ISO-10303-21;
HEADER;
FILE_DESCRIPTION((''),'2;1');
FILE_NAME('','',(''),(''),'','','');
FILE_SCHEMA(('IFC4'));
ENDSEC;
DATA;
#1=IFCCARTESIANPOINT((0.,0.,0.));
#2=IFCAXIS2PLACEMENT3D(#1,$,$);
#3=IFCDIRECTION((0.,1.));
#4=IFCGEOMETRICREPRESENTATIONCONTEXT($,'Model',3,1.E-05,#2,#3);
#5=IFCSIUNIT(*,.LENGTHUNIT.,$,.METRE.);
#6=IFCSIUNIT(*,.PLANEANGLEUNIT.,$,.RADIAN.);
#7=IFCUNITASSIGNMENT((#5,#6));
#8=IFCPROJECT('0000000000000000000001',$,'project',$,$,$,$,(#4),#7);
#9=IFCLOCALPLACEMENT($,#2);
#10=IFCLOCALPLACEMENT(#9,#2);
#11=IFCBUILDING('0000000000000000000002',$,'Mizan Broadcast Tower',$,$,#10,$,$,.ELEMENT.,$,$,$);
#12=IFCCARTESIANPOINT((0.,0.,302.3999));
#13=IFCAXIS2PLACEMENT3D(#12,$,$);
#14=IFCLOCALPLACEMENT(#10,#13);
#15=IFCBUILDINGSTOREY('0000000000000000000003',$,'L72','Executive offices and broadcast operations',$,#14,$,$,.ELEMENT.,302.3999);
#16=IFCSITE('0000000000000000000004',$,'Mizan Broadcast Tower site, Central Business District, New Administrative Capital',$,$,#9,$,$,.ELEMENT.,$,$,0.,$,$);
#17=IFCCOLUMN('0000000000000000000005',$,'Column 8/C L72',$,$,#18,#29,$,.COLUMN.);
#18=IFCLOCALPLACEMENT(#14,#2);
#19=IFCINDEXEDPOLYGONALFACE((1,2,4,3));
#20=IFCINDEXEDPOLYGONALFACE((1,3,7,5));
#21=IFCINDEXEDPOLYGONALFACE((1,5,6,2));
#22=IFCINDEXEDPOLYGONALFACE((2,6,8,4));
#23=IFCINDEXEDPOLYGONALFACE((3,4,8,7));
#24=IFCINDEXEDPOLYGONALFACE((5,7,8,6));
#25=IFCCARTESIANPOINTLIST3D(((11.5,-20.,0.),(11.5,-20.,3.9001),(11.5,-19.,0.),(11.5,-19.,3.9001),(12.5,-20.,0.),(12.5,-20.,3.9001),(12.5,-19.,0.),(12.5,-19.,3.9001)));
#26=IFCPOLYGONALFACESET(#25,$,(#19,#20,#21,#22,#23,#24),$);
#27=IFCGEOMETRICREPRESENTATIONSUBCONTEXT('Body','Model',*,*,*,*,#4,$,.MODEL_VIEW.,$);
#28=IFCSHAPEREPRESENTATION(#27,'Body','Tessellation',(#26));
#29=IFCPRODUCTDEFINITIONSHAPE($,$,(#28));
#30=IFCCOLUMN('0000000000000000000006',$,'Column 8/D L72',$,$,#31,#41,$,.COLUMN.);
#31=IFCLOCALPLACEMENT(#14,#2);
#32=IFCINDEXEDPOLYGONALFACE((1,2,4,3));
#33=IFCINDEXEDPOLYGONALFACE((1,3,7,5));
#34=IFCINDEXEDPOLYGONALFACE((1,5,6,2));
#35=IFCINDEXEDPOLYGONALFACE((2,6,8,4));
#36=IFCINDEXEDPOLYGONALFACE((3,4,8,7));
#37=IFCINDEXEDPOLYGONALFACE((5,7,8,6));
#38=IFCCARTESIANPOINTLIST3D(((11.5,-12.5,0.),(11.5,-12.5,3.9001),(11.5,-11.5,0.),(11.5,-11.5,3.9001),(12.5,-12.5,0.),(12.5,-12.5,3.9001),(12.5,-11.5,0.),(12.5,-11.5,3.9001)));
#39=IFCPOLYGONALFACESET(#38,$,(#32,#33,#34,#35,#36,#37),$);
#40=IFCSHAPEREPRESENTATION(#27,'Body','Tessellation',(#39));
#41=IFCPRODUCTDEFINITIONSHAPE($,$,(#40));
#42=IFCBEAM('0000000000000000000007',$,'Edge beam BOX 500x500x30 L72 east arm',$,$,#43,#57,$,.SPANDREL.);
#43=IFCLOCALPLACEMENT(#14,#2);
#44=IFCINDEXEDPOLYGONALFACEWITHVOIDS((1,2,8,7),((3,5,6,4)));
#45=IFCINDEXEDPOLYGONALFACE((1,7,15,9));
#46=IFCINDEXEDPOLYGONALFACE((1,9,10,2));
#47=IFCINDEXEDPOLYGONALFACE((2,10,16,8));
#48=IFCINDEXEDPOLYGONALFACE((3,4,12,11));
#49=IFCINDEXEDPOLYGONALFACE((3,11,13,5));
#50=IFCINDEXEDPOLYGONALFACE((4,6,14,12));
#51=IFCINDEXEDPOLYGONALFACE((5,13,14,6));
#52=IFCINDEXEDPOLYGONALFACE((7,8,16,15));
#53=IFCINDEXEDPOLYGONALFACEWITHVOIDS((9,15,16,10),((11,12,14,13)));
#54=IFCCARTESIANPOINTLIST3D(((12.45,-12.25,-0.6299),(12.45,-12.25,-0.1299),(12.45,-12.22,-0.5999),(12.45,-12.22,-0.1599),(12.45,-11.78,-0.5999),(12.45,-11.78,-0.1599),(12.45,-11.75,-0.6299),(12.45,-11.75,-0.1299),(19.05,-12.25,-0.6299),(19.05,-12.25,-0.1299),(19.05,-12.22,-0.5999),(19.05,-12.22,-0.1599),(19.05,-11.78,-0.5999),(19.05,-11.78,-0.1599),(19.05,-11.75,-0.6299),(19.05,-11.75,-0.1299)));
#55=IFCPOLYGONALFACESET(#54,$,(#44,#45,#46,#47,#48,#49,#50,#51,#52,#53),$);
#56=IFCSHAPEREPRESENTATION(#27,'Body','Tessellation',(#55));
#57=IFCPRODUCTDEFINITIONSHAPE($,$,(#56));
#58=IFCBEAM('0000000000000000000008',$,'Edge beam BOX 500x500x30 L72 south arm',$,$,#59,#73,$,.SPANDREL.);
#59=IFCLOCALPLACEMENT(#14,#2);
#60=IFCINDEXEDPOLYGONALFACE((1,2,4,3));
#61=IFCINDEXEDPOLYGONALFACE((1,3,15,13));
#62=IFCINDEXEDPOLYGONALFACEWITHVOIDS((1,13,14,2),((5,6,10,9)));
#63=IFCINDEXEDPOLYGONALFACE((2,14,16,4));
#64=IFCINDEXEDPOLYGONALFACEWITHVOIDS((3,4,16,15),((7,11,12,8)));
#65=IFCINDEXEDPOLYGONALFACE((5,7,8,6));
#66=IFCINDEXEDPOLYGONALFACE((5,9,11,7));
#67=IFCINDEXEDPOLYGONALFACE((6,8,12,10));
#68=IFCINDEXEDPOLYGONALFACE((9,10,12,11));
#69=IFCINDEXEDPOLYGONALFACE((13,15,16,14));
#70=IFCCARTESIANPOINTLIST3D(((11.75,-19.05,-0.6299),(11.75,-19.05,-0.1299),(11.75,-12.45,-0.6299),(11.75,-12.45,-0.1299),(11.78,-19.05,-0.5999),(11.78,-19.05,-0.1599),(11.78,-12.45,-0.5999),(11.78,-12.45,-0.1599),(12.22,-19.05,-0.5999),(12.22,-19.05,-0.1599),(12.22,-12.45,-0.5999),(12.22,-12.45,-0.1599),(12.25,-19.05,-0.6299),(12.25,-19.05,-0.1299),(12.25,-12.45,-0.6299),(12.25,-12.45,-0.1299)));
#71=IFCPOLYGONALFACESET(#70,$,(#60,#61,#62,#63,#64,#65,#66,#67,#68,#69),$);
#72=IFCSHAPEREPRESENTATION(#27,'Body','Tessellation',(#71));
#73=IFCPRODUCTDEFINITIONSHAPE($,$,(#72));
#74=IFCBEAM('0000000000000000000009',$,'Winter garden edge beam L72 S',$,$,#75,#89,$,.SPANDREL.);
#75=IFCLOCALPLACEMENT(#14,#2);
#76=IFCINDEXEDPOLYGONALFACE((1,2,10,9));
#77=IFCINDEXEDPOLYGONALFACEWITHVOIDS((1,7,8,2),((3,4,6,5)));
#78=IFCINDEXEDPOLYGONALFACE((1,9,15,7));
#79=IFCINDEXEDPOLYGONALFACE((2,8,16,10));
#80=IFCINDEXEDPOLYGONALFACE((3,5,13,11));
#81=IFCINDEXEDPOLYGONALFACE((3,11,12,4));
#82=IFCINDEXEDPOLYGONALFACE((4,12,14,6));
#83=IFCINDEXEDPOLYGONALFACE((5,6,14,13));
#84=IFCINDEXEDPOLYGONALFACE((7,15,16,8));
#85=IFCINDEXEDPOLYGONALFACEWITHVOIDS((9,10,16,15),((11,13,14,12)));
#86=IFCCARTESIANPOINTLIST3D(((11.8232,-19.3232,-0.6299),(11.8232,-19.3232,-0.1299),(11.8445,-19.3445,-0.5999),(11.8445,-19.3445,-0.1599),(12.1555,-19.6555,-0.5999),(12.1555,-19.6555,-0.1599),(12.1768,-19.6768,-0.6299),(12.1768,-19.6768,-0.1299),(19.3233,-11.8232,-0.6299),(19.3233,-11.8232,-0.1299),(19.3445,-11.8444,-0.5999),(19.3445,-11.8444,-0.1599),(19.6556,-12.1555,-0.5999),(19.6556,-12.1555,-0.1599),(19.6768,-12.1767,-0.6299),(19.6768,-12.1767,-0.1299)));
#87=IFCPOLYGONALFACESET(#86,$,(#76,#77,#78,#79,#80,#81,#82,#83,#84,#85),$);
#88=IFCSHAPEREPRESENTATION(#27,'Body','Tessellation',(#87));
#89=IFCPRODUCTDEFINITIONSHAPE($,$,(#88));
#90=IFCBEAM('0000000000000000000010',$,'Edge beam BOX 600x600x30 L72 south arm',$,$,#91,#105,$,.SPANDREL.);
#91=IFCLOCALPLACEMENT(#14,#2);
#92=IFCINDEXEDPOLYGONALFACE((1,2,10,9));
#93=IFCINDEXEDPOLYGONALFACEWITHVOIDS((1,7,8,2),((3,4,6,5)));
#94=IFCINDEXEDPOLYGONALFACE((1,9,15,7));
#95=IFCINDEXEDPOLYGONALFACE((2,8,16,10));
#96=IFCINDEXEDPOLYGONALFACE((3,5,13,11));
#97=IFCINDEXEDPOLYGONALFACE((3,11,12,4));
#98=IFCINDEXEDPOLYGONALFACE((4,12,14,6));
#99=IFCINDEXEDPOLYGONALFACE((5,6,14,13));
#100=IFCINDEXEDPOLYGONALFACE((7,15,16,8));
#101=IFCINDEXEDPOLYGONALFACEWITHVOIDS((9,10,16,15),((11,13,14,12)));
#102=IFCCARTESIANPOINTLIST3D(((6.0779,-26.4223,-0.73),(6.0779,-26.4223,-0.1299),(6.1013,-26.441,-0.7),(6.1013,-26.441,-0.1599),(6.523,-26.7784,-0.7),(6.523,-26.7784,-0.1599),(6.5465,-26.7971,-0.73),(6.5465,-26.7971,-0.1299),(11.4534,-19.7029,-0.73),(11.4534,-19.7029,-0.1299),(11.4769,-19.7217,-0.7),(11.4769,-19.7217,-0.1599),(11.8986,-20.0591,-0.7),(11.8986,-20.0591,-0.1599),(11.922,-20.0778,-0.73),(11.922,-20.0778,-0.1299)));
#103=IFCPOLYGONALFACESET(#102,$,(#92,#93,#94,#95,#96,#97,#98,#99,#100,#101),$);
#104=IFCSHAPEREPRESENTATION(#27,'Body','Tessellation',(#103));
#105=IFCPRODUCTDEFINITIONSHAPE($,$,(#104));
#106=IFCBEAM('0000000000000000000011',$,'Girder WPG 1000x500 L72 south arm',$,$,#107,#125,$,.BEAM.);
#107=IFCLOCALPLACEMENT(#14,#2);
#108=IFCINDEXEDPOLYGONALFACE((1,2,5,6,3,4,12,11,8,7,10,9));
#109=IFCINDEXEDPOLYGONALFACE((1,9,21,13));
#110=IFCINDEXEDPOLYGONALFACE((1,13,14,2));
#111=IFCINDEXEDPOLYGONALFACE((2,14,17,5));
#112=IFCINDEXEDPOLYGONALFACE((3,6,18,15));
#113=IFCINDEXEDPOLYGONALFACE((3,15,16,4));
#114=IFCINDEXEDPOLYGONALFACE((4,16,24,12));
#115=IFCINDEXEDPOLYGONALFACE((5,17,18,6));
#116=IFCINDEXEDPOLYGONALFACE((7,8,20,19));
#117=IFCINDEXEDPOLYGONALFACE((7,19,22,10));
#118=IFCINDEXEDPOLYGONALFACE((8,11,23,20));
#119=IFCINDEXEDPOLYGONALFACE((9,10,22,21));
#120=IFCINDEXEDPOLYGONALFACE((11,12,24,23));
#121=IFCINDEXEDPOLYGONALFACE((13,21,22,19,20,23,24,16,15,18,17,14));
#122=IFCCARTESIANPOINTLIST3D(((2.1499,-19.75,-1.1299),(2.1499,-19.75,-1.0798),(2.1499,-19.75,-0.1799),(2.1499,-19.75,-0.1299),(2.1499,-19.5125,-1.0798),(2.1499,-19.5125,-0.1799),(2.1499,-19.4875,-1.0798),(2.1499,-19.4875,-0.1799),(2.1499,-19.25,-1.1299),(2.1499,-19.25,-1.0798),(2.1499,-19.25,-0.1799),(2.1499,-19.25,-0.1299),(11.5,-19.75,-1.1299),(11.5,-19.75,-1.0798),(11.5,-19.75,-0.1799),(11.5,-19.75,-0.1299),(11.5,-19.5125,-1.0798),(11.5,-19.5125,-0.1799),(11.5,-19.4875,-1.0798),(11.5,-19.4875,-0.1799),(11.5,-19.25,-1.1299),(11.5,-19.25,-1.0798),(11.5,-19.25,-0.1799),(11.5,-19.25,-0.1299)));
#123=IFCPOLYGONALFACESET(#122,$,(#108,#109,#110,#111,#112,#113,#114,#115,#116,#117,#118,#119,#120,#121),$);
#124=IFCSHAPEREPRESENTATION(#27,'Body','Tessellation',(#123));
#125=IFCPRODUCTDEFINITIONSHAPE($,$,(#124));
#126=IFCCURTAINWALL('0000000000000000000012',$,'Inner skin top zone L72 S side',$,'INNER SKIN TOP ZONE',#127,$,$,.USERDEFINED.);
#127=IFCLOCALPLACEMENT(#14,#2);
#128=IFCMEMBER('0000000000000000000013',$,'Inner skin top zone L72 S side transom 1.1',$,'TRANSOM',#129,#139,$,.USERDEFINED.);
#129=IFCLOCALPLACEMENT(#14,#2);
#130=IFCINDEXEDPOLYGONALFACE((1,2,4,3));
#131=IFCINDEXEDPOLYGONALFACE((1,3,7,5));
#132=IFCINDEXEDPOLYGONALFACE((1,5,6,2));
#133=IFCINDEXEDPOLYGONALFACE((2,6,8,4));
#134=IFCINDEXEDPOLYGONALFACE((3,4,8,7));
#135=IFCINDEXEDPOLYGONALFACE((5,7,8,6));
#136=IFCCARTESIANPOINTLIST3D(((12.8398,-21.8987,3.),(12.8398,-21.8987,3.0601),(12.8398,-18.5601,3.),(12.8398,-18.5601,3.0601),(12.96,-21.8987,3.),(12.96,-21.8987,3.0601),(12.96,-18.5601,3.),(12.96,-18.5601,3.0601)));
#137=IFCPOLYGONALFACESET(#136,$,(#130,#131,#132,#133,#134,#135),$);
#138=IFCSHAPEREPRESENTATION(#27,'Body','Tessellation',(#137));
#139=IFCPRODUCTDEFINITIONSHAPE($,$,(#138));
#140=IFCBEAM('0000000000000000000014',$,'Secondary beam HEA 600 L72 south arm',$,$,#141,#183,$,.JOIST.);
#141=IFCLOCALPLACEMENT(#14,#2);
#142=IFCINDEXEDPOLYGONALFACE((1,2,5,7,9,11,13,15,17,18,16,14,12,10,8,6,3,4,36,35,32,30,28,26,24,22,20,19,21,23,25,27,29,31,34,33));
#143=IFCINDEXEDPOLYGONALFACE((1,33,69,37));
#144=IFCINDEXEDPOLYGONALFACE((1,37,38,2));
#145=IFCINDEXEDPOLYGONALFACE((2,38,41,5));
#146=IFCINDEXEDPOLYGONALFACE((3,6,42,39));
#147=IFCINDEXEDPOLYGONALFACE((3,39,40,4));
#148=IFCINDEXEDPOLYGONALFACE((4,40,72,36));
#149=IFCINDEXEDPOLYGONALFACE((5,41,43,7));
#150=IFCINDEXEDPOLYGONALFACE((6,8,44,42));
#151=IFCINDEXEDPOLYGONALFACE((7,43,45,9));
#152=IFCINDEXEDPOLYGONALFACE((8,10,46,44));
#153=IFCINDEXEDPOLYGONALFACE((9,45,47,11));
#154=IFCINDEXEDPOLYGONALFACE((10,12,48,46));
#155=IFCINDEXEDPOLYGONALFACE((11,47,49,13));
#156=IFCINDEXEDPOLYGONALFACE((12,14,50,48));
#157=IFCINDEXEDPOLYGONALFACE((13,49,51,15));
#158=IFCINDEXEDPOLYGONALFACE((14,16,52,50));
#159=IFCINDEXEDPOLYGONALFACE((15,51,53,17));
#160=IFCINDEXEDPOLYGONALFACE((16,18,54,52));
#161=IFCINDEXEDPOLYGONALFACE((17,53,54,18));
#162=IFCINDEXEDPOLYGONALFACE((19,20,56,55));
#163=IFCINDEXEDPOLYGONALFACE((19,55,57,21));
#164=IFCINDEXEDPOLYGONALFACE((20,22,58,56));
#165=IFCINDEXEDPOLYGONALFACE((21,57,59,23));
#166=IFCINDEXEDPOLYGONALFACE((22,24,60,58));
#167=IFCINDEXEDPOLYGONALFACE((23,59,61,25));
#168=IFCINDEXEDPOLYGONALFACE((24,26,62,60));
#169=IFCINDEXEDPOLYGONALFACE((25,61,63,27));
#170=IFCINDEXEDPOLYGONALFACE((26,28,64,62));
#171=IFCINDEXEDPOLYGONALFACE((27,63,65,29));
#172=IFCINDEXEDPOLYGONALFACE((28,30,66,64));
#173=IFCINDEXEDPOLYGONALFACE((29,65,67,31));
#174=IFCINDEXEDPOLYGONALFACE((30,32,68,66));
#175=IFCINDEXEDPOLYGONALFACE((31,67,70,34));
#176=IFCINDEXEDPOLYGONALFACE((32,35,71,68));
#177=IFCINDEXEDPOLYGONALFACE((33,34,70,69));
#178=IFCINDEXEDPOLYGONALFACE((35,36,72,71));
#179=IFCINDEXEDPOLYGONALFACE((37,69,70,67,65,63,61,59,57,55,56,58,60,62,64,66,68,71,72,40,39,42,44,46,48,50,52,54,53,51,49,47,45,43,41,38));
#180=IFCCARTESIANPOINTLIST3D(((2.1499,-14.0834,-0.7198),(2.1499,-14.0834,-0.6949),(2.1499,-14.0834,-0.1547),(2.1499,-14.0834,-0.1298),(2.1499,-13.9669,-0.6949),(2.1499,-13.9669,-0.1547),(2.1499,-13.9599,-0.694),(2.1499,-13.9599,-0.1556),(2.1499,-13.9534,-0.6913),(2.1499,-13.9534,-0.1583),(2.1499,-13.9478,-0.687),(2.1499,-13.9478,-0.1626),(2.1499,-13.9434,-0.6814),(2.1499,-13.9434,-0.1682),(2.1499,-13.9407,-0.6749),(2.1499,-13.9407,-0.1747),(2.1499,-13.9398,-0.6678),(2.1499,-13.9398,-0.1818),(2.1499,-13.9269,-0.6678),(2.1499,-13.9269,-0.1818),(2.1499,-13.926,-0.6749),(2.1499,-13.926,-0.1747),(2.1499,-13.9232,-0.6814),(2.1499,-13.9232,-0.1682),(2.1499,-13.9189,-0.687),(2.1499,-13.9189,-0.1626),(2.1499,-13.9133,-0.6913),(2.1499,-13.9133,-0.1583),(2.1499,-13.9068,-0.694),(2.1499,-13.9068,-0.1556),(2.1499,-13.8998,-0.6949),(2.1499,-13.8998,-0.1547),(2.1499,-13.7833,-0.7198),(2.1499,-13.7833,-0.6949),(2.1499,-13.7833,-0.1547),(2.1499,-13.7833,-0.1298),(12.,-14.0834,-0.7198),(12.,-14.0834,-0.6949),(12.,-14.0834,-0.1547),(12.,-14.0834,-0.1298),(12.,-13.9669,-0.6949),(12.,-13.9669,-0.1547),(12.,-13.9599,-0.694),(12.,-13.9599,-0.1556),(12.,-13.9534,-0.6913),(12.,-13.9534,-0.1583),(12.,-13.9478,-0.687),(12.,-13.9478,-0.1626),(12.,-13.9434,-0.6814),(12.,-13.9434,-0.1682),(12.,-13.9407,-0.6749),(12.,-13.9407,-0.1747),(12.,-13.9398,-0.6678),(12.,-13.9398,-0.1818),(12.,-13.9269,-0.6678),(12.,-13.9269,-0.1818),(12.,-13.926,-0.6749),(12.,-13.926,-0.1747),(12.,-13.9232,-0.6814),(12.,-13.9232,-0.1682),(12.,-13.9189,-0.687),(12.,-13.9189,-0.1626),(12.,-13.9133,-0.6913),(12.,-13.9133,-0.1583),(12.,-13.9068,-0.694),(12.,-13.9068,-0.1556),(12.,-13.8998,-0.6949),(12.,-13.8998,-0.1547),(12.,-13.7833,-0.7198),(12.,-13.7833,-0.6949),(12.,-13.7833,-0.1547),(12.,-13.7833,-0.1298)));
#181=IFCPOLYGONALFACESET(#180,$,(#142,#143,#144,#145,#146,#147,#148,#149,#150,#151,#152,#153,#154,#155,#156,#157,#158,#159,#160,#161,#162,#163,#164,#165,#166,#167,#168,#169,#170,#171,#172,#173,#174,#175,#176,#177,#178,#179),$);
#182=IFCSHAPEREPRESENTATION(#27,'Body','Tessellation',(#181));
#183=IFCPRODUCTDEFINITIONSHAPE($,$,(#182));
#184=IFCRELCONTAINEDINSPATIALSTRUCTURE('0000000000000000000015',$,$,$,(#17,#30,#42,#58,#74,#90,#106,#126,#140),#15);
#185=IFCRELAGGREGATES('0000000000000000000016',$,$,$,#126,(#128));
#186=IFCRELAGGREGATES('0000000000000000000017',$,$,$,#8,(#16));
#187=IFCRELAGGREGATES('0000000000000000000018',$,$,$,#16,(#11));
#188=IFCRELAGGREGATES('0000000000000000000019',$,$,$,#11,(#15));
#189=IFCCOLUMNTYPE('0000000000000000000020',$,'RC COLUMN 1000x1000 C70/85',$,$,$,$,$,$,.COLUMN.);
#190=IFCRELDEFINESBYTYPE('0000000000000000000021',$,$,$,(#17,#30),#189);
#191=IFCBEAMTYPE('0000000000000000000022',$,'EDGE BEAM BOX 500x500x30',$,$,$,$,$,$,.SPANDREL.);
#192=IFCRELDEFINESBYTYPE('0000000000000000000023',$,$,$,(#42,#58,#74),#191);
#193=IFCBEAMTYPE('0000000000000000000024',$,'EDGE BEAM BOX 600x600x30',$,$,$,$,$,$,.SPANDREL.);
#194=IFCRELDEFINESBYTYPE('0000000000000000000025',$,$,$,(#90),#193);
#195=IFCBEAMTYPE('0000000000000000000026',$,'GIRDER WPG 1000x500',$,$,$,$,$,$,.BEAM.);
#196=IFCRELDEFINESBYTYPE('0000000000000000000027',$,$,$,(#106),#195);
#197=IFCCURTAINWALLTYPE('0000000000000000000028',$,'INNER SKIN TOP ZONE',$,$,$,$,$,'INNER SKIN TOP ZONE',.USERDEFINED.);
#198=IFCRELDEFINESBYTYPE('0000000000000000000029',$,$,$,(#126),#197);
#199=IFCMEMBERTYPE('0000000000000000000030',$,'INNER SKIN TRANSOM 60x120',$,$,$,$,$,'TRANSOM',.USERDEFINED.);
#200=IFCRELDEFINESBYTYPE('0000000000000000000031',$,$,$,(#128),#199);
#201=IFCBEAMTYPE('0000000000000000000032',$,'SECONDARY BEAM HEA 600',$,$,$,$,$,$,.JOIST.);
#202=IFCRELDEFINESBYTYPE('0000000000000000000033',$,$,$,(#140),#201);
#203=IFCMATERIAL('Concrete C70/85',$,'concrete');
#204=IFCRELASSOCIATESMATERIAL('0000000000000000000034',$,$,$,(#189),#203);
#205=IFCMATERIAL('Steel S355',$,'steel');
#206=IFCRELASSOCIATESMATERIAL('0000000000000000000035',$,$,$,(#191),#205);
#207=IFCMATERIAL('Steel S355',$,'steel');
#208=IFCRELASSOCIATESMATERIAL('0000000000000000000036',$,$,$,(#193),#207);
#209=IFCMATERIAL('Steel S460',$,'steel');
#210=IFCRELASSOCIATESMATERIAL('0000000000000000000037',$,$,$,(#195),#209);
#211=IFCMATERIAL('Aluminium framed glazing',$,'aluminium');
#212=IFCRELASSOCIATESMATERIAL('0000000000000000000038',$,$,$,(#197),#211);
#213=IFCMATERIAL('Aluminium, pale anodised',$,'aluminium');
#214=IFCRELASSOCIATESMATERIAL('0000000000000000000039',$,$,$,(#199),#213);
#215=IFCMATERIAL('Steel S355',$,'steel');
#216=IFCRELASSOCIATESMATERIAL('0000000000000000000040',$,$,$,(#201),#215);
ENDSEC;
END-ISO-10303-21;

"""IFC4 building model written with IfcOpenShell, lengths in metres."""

from ifc_helpers import new_model, si_unit, direction, frame, origin, origin_2d, place, context, subcontext, project, spatial, rectangle, hollow_rectangle, i_section, extrude, material, material_profile, profile_set, type_object, element, aggregate, save


model = new_model("IFC4")

# Units and contexts
model_context = context("Model", 3, precision=1e-05, world=origin(), true_north=direction((0.0, 1.0)))
body_context = subcontext(model_context, "Body", "Model", "MODEL_VIEW")
ifc_project = project(units=[si_unit("LENGTHUNIT", "METRE"), si_unit("PLANEANGLEUNIT", "RADIAN")], contexts=[model_context])

# Site, building, storey
site_placement = place(None, origin())
site = spatial("IfcSite", under=ifc_project, at=site_placement, Name="Mizan Broadcast Tower site, Central Business District, New Administrative Capital", CompositionType="ELEMENT", RefElevation=0.0)
building_placement = place(site_placement, origin())
building = spatial("IfcBuilding", under=site, at=building_placement, Name="Mizan Broadcast Tower", CompositionType="ELEMENT")
storey_placement = place(building_placement, frame((0.0, 0.0, 302.3999)))
storey = spatial("IfcBuildingStorey", under=building, at=storey_placement, Name="L72", Description="Executive offices and broadcast operations", CompositionType="ELEMENT", Elevation=302.3999)

# Columns
ifc_material_1 = material(Name="Concrete C70/85", Category="concrete")
ifc_material_profile_1 = material_profile(ifc_material_1, rectangle(XDim=1.0, YDim=1.0, at=origin_2d()), Name="RC 1000x1000")
ifc_profile_set_1 = profile_set([ifc_material_profile_1], Name="Concrete C70/85")
column_type = type_object("IfcColumnType", Name="RC COLUMN 1000x1000 C70/85", PredefinedType="COLUMN", material=ifc_profile_set_1)
for number, where, z_axis, x_axis, name in (
    (1, (12.0, -19.5, 0.0), (0.0, 0.0, 1.0), (1.0, 0.0, 0.0), "Column 8/C L72"),
    (2, (12.0, -12.0, 0.0), (0.0, 0.0, 1.0), (1.0, 0.0, 0.0), "Column 8/D L72"),
):
    element("IfcColumn", number, at=place(storey_placement, frame(where, z_axis=z_axis, x_axis=x_axis)), inside=storey, type_object=column_type, Name=name, PredefinedType="COLUMN", context=body_context, shape_type="SweptSolid", body=[
        extrude(rectangle(XDim=1.0, YDim=1.0, at=origin_2d()), origin(), (0.0, 0.0, 1.0), 3.9001),
    ])

# Beams
ifc_material_2 = material(Name="Steel S355", Category="steel")
ifc_material_profile_2 = material_profile(ifc_material_2, hollow_rectangle(XDim=0.5, YDim=0.5, WallThickness=0.03, at=origin_2d()), Name="BOX 500x500x30")
ifc_profile_set_2 = profile_set([ifc_material_profile_2], Name="Steel S355")
beam_type_1 = type_object("IfcBeamType", Name="EDGE BEAM BOX 500x500x30", PredefinedType="SPANDREL", material=ifc_profile_set_2)
for number, where, z_axis, x_axis, name in (
    (3, (12.45, -12.0, -0.3799), (1.0, 0.0, 0.0), (0.0, 1.0, 0.0), "Edge beam BOX 500x500x30 L72 east arm"),
    (4, (12.0, -12.45, -0.3799), (0.0, -1.0, 0.0), (1.0, 0.0, 0.0), "Edge beam BOX 500x500x30 L72 south arm"),
):
    element("IfcBeam", number, at=place(storey_placement, frame(where, z_axis=z_axis, x_axis=x_axis)), inside=storey, type_object=beam_type_1, Name=name, PredefinedType="SPANDREL", context=body_context, shape_type="SweptSolid", body=[
        extrude(hollow_rectangle(XDim=0.5, YDim=0.5, WallThickness=0.03, at=origin_2d()), origin(), (0.0, 0.0, 1.0), 6.6001),
    ])
beam_1_placement = place(storey_placement, frame((12.0, -19.5, -0.3799), z_axis=(0.707107, 0.707107, 0.0), x_axis=(-0.707107, 0.707107, 0.0)))
element("IfcBeam", 5, at=beam_1_placement, inside=storey, type_object=beam_type_1, Name="Winter garden edge beam L72 S", PredefinedType="SPANDREL", context=body_context, shape_type="SweptSolid", body=[
    extrude(hollow_rectangle(XDim=0.5, YDim=0.5, WallThickness=0.03, at=origin_2d()), origin(), (0.0, 0.0, 1.0), 10.6067),
])
ifc_material_3 = material(Name="Steel S355", Category="steel")
ifc_material_profile_3 = material_profile(ifc_material_3, hollow_rectangle(XDim=0.6001, YDim=0.6001, WallThickness=0.03, at=origin_2d()), Name="BOX 600x600x30")
ifc_profile_set_3 = profile_set([ifc_material_profile_3], Name="Steel S355")
beam_type_2 = type_object("IfcBeamType", Name="EDGE BEAM BOX 600x600x30", PredefinedType="SPANDREL", material=ifc_profile_set_3)
beam_2_placement = place(storey_placement, frame((11.6877, -19.8904, -0.4299), z_axis=(-0.624702, -0.780863, 0.0), x_axis=(0.780863, -0.624702, 0.0)))
element("IfcBeam", 6, at=beam_2_placement, inside=storey, type_object=beam_type_2, Name="Edge beam BOX 600x600x30 L72 south arm", PredefinedType="SPANDREL", context=body_context, shape_type="SweptSolid", body=[
    extrude(hollow_rectangle(XDim=0.6001, YDim=0.6001, WallThickness=0.03, at=origin_2d()), origin(), (0.0, 0.0, 1.0), 8.605),
])
ifc_material_4 = material(Name="Steel S460", Category="steel")
ifc_material_profile_4 = material_profile(ifc_material_4, i_section(OverallWidth=0.5, OverallDepth=1.0, WebThickness=0.0249, FlangeThickness=0.05, at=origin_2d()), Name="WPG 1000x500")
ifc_profile_set_4 = profile_set([ifc_material_profile_4], Name="Steel S460")
beam_type_3 = type_object("IfcBeamType", Name="GIRDER WPG 1000x500", PredefinedType="BEAM", material=ifc_profile_set_4)
beam_3_placement = place(storey_placement, frame((11.5, -19.5, -0.6299), z_axis=(-1.0, 0.0, 0.0), x_axis=(0.0, -1.0, 0.0)))
element("IfcBeam", 7, at=beam_3_placement, inside=storey, type_object=beam_type_3, Name="Girder WPG 1000x500 L72 south arm", PredefinedType="BEAM", context=body_context, shape_type="SweptSolid", body=[
    extrude(i_section(OverallWidth=0.5, OverallDepth=1.0, WebThickness=0.0249, FlangeThickness=0.05, at=origin_2d()), origin(), (0.0, 0.0, 1.0), 9.3501),
])

# Curtain wall, member
ifc_material_5 = material(Name="Aluminium framed glazing", Category="aluminium")
curtain_wall_type = type_object("IfcCurtainWallType", Name="INNER SKIN TOP ZONE", ElementType="INNER SKIN TOP ZONE", PredefinedType="USERDEFINED", material=ifc_material_5)
curtain_wall_placement = place(storey_placement, origin())
curtain_wall = element("IfcCurtainWall", 8, at=curtain_wall_placement, inside=storey, type_object=curtain_wall_type, Name="Inner skin top zone L72 S side", ObjectType="INNER SKIN TOP ZONE", PredefinedType="USERDEFINED")
ifc_material_6 = material(Name="Aluminium, pale anodised", Category="aluminium")
ifc_material_profile_5 = material_profile(ifc_material_6, rectangle(XDim=0.1201, YDim=0.0601, at=origin_2d()), Name="TRANSOM 120x60")
ifc_profile_set_5 = profile_set([ifc_material_profile_5], Name="Aluminium, pale anodised")
member_type = type_object("IfcMemberType", Name="INNER SKIN TRANSOM 60x120", ElementType="TRANSOM", PredefinedType="USERDEFINED", material=ifc_profile_set_5)
member_placement = place(storey_placement, frame((12.8999, -21.8987, 3.03), z_axis=(0.0, 1.0, 0.0), x_axis=(-1.0, 0.0, 0.0)))
member = element("IfcMember", 9, at=member_placement, type_object=member_type, Name="Inner skin top zone L72 S side transom 1.1", ObjectType="TRANSOM", PredefinedType="USERDEFINED", context=body_context, shape_type="SweptSolid", body=[
    extrude(rectangle(XDim=0.1201, YDim=0.0601, at=origin_2d()), origin(), (0.0, 0.0, 1.0), 3.3386),
])

# Beam
ifc_material_7 = material(Name="Steel S355", Category="steel")
ifc_material_profile_6 = material_profile(ifc_material_7, i_section(OverallWidth=0.3, OverallDepth=0.5901, WebThickness=0.0129, FlangeThickness=0.0249, FilletRadius=0.0271, at=origin_2d()), Name="HEA 600")
ifc_profile_set_6 = profile_set([ifc_material_profile_6], Name="Steel S355")
beam_type_4 = type_object("IfcBeamType", Name="SECONDARY BEAM HEA 600", PredefinedType="JOIST", material=ifc_profile_set_6)
for number, where, z_axis, x_axis, name in (
    (10, (12.0, -13.9333, -0.4248), (-1.0, 0.0, 0.0), (0.0, -1.0, 0.0), "Secondary beam HEA 600 L72 south arm"),
):
    element("IfcBeam", number, at=place(storey_placement, frame(where, z_axis=z_axis, x_axis=x_axis)), inside=storey, type_object=beam_type_4, Name=name, PredefinedType="JOIST", context=body_context, shape_type="SweptSolid", body=[
        extrude(i_section(OverallWidth=0.3, OverallDepth=0.5901, WebThickness=0.0129, FlangeThickness=0.0249, FilletRadius=0.0271, at=origin_2d()), origin(), (0.0, 0.0, 1.0), 9.8501),
    ])

aggregate(curtain_wall, [member])

save(model, "model.ifc")
